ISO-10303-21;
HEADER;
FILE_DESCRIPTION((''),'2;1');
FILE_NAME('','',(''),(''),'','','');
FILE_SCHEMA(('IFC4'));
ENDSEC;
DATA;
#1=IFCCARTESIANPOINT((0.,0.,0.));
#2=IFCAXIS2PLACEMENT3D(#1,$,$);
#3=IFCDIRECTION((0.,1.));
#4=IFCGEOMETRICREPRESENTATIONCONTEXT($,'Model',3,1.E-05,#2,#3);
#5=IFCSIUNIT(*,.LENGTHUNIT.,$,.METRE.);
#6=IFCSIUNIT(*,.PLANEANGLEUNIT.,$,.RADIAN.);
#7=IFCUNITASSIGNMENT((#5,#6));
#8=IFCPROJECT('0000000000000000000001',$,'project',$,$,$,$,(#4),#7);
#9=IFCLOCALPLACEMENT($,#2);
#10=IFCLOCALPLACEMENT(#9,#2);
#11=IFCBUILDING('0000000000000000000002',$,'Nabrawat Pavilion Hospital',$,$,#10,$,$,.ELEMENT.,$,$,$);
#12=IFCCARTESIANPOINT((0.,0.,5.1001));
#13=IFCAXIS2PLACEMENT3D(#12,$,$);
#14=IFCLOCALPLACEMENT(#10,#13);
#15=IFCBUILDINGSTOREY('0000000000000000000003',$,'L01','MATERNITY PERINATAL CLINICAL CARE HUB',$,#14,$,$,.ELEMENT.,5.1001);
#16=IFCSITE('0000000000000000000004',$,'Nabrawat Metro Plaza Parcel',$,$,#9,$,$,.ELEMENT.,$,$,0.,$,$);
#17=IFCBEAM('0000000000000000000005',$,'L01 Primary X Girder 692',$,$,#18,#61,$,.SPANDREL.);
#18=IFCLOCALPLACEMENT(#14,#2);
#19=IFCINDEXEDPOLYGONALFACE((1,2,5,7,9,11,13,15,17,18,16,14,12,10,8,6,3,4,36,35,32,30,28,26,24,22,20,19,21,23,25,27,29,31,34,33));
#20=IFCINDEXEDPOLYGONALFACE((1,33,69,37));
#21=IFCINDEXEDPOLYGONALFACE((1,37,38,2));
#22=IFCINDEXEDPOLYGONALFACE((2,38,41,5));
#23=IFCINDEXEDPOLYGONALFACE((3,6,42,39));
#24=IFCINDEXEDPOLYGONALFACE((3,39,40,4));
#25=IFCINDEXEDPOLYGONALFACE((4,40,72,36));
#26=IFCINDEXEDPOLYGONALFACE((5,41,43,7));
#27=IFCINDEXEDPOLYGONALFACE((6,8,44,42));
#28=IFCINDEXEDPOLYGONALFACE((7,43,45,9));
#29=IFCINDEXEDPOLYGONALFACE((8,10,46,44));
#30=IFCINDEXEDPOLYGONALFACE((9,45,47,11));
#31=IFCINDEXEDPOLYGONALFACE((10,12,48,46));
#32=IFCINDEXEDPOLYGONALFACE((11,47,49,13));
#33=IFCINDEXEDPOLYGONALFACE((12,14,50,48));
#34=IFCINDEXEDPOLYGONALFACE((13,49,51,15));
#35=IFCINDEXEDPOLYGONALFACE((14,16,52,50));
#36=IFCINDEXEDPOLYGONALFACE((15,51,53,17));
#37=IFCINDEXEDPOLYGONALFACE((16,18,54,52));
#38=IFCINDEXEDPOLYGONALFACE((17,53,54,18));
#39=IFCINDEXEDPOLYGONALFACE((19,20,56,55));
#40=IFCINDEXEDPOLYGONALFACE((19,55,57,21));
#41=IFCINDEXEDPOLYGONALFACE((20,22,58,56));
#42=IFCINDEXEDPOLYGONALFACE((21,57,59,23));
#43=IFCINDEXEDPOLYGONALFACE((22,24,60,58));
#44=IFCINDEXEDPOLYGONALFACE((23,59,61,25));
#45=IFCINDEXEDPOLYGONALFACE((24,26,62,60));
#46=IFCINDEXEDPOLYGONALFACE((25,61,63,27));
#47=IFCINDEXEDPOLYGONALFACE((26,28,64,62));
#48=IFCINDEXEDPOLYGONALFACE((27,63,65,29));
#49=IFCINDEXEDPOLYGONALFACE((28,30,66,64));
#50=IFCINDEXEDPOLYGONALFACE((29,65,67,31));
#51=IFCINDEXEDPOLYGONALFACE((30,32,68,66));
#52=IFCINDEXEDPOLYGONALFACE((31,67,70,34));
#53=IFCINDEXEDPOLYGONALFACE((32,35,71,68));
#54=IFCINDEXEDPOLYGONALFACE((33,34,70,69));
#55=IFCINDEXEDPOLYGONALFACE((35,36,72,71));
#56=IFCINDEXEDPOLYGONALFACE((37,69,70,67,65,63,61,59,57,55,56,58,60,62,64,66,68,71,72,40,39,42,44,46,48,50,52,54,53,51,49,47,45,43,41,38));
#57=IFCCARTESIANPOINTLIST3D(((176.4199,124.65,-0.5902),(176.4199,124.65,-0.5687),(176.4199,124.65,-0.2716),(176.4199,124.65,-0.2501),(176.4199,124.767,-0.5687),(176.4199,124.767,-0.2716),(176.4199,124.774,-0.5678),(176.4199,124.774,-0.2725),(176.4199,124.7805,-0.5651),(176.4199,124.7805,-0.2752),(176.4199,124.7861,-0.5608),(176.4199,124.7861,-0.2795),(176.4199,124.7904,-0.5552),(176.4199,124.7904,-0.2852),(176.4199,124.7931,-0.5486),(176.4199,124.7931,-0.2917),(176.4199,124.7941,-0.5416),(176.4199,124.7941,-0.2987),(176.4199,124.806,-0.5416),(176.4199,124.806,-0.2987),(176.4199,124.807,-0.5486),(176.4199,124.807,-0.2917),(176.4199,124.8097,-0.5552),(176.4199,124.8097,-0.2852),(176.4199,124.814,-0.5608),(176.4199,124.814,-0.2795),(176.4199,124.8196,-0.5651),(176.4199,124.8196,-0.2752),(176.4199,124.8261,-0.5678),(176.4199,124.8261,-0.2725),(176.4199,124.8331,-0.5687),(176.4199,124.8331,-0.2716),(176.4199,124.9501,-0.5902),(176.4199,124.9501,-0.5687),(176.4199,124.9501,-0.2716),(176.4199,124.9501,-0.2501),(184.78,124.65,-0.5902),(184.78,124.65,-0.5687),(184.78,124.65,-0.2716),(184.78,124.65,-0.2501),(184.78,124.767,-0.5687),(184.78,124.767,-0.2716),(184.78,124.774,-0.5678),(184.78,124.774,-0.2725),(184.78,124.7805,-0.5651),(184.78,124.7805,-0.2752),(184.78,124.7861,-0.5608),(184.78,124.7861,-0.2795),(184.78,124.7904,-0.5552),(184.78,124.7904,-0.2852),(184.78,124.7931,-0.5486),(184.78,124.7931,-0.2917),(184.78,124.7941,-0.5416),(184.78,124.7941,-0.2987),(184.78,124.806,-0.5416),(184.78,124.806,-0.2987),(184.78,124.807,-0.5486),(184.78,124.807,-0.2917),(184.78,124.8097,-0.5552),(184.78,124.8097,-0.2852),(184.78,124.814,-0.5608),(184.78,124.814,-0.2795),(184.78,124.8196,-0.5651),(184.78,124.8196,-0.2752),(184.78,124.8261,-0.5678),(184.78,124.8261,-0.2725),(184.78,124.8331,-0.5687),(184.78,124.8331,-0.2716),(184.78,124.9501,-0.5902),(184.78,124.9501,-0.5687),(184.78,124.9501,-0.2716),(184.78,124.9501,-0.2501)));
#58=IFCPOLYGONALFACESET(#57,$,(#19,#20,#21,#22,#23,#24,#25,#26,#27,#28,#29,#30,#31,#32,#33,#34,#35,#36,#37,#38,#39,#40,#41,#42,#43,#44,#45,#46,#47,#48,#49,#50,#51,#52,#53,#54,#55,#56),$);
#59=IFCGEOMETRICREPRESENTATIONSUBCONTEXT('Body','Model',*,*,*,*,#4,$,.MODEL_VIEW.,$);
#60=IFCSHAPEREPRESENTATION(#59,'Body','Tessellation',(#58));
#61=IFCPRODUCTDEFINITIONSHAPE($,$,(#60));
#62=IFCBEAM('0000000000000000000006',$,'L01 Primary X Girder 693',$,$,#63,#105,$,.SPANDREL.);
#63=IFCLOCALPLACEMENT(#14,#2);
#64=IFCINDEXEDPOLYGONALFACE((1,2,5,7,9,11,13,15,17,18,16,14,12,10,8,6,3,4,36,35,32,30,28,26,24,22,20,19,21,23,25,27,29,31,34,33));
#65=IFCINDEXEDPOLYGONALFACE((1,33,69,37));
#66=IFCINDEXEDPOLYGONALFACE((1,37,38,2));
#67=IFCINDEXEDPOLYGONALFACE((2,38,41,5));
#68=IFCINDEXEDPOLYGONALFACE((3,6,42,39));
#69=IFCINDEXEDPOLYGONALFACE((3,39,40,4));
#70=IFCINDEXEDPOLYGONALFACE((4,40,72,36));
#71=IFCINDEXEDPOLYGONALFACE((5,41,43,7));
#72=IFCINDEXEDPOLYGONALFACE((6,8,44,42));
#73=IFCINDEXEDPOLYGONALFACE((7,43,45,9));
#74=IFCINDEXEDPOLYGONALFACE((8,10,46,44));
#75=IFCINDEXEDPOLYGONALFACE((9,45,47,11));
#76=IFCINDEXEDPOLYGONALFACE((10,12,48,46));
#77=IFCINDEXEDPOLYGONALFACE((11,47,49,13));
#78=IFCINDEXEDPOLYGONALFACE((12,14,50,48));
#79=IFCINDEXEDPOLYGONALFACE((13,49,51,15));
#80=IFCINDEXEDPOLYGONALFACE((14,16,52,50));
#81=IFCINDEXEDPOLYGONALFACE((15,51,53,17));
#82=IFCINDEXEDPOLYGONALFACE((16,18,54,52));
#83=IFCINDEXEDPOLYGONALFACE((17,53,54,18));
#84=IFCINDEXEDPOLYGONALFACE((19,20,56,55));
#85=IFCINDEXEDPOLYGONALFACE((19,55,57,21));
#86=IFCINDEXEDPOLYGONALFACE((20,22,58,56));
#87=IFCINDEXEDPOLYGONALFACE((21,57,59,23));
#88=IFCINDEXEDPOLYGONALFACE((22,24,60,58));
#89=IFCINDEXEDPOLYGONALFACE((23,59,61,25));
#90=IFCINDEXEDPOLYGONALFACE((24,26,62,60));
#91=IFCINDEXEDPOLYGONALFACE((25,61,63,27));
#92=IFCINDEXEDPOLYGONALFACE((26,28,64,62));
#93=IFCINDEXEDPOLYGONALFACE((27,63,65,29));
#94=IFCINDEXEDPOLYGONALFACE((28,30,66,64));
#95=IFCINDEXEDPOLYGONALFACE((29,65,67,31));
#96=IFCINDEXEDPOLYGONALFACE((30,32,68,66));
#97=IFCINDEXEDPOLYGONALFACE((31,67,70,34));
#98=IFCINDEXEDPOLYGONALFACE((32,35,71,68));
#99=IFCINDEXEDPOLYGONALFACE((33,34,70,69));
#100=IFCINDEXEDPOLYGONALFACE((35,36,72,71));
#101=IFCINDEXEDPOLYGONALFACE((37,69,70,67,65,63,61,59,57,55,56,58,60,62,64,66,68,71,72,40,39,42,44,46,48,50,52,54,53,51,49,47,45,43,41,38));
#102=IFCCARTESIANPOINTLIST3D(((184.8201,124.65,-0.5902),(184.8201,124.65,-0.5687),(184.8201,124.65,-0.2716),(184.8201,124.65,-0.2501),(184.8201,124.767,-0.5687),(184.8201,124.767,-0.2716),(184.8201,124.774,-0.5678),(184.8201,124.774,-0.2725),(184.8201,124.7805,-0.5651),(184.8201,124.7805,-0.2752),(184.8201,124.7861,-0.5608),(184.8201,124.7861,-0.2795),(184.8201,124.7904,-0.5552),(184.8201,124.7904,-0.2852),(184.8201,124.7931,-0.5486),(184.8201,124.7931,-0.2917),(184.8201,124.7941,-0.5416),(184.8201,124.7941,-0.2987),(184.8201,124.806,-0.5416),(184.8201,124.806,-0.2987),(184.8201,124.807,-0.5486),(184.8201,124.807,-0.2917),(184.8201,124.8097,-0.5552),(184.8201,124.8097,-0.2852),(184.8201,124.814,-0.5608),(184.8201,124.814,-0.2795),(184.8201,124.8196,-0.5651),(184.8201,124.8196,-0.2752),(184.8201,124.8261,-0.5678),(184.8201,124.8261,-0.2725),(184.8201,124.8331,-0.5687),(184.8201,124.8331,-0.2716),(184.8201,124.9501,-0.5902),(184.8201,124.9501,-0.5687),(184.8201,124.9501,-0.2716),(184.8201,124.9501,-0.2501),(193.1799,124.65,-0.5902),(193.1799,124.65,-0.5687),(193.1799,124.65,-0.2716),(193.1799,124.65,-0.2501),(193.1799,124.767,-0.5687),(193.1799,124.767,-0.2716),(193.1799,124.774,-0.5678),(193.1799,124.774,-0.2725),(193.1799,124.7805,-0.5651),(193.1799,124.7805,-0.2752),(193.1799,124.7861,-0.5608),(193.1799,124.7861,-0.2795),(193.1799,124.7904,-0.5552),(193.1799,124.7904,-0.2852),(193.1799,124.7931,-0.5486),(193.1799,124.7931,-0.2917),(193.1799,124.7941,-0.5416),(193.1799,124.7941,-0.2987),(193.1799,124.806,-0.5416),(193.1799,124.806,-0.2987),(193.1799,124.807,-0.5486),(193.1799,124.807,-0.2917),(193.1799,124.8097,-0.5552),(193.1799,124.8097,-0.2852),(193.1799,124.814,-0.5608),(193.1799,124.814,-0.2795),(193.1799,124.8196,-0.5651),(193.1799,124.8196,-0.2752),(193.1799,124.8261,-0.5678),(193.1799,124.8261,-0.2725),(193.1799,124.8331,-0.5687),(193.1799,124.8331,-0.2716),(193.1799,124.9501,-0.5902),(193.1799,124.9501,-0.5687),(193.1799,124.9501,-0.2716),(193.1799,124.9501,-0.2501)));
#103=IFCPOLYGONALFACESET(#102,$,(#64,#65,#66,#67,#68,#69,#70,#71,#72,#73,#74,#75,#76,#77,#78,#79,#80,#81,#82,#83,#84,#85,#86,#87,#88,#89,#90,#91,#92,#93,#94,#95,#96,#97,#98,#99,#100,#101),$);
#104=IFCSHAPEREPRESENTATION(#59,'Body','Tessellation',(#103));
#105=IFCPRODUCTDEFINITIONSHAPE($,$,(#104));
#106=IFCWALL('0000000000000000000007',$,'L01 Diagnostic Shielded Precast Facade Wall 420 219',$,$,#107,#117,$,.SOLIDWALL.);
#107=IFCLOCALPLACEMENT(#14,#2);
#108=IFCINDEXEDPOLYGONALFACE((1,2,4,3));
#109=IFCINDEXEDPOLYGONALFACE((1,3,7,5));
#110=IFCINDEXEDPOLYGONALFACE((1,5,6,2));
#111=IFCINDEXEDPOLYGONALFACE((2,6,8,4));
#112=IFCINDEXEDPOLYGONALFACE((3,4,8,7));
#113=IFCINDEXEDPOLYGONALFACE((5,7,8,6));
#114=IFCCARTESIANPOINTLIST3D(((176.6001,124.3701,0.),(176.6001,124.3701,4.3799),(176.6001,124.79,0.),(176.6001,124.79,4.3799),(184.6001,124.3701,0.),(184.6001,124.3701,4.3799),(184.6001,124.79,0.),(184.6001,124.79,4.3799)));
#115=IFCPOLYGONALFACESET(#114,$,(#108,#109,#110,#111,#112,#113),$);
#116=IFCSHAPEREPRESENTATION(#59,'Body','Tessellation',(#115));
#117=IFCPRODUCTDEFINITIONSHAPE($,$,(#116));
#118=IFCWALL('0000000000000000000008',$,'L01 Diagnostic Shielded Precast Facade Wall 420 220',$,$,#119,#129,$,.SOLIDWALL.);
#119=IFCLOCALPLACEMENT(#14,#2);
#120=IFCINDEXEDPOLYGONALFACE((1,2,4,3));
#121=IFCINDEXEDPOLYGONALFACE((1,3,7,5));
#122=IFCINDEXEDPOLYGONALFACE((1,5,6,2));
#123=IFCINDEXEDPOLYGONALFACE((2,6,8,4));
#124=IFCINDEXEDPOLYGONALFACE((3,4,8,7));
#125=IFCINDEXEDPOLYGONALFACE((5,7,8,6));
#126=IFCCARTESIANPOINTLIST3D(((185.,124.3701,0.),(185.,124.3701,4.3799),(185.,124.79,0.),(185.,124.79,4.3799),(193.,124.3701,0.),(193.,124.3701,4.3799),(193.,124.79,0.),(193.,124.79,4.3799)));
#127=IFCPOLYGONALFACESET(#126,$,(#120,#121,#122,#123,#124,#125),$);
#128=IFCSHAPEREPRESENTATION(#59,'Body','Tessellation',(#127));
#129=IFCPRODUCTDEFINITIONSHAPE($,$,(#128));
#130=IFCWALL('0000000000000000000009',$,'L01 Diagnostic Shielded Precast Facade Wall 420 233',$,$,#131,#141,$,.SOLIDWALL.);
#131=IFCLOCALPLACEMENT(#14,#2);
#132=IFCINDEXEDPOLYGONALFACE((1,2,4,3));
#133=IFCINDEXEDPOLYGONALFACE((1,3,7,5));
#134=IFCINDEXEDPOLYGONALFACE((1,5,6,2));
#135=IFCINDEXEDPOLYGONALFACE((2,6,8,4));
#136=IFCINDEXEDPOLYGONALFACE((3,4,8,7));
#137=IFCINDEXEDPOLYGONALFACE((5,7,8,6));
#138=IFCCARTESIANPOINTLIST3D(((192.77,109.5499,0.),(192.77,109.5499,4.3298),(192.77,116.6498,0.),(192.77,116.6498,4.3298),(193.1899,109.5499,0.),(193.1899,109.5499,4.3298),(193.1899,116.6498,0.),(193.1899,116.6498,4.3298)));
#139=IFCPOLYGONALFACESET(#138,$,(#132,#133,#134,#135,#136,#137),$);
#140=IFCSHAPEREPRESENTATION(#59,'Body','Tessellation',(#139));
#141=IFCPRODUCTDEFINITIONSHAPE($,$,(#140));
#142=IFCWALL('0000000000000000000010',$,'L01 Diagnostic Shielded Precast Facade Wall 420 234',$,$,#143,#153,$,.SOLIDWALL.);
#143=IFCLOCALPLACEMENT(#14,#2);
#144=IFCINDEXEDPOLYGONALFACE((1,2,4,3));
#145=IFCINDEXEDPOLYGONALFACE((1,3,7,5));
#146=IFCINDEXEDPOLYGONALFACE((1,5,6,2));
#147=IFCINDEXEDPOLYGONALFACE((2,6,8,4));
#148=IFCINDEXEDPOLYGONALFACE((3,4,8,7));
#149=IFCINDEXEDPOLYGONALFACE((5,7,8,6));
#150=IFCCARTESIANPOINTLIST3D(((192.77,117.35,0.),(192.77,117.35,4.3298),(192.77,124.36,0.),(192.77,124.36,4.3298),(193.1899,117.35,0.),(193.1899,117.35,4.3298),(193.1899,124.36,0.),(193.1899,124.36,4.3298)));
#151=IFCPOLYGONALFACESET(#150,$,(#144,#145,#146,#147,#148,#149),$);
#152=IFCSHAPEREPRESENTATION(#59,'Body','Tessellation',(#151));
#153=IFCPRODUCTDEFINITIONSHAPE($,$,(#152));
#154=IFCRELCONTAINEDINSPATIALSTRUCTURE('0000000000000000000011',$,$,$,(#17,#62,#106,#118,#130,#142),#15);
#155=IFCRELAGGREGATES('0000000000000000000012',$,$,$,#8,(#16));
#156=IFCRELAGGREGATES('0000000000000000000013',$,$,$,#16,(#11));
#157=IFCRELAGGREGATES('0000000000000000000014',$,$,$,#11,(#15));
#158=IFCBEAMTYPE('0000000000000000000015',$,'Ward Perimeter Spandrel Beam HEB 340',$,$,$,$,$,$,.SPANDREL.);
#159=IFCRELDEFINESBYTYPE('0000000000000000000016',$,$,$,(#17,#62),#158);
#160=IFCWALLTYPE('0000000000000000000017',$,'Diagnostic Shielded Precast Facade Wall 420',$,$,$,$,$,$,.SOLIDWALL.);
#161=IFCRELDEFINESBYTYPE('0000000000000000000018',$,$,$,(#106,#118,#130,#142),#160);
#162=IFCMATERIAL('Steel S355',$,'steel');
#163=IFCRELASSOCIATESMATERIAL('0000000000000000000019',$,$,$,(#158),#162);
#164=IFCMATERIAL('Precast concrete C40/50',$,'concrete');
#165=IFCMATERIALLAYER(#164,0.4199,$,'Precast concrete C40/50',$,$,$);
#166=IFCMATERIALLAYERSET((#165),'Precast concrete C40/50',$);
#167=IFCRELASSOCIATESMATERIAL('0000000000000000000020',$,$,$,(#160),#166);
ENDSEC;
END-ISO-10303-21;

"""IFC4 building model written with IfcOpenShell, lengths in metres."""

from ifc_helpers import new_model, si_unit, direction, frame, frame_2d, origin, origin_2d, place, context, subcontext, project, spatial, rectangle, i_section, extrude, material, layer, layer_set, material_profile, profile_set, type_object, element, save


model = new_model("IFC4")

# Units and contexts
model_context = context("Model", 3, precision=1e-05, world=origin(), true_north=direction((0.0, 1.0)))
body_context = subcontext(model_context, "Body", "Model", "MODEL_VIEW")
ifc_project = project(units=[si_unit("LENGTHUNIT", "METRE"), si_unit("PLANEANGLEUNIT", "RADIAN")], contexts=[model_context])

# Site, building, storey
site_placement = place(None, origin())
site = spatial("IfcSite", under=ifc_project, at=site_placement, Name="Nabrawat Metro Plaza Parcel", CompositionType="ELEMENT", RefElevation=0.0)
building_placement = place(site_placement, origin())
building = spatial("IfcBuilding", under=site, at=building_placement, Name="Nabrawat Pavilion Hospital", CompositionType="ELEMENT")
storey_placement = place(building_placement, frame((0.0, 0.0, 5.1001)))
storey = spatial("IfcBuildingStorey", under=building, at=storey_placement, Name="L01", Description="MATERNITY PERINATAL CLINICAL CARE HUB", CompositionType="ELEMENT", Elevation=5.1001)

# Shared definitions
ifc_material_1 = material(Name="Steel S355", Category="steel")

# Beams
ifc_material_profile_1 = material_profile(ifc_material_1, i_section(OverallWidth=0.3, OverallDepth=0.3401, WebThickness=0.012, FlangeThickness=0.0215, FilletRadius=0.0271, at=origin_2d()), Name="HEB 340")
ifc_profile_set_1 = profile_set([ifc_material_profile_1], Name="Steel S355")
beam_type_1 = type_object("IfcBeamType", Name="Ward Perimeter Spandrel Beam HEB 340", PredefinedType="SPANDREL", material=ifc_profile_set_1)
beam_1_placement = place(storey_placement, frame((176.4199, 124.8, -0.4202), z_axis=(1.0, 0.0, 0.0), x_axis=(0.0, 1.0, 0.0)))
element("IfcBeam", 1, at=beam_1_placement, inside=storey, type_object=beam_type_1, Name="L01 Primary X Girder 692", PredefinedType="SPANDREL", context=body_context, shape_type="SweptSolid", body=[
    extrude(i_section(OverallWidth=0.3, OverallDepth=0.3401, WebThickness=0.012, FlangeThickness=0.0215, FilletRadius=0.0271, at=origin_2d()), origin(), (0.0, 0.0, 1.0), 8.3601),
])
beam_2_placement = place(storey_placement, frame((184.8201, 124.8, -0.4202), z_axis=(1.0, 0.0, 0.0), x_axis=(0.0, 1.0, 0.0)))
element("IfcBeam", 2, at=beam_2_placement, inside=storey, type_object=beam_type_1, Name="L01 Primary X Girder 693", PredefinedType="SPANDREL", context=body_context, shape_type="SweptSolid", body=[
    extrude(i_section(OverallWidth=0.3, OverallDepth=0.3401, WebThickness=0.012, FlangeThickness=0.0215, FilletRadius=0.0271, at=origin_2d()), origin(), (0.0, 0.0, 1.0), 8.3599),
])

# Walls
ifc_material_2 = material(Name="Precast concrete C40/50", Category="concrete")
ifc_layer = layer(ifc_material_2, 0.4199, Name="Precast concrete C40/50")
ifc_layer_set = layer_set([ifc_layer], Name="Precast concrete C40/50")
wall_type = type_object("IfcWallType", Name="Diagnostic Shielded Precast Facade Wall 420", PredefinedType="SOLIDWALL", material=ifc_layer_set)
for number, where, z_axis, x_axis, name in (
    (3, (176.6001, 124.5801, 0.0), (0.0, 0.0, 1.0), (1.0, 0.0, 0.0), "L01 Diagnostic Shielded Precast Facade Wall 420 219"),
    (4, (185.0, 124.5801, 0.0), (0.0, 0.0, 1.0), (1.0, 0.0, 0.0), "L01 Diagnostic Shielded Precast Facade Wall 420 220"),
):
    element("IfcWall", number, at=place(storey_placement, frame(where, z_axis=z_axis, x_axis=x_axis)), inside=storey, type_object=wall_type, Name=name, PredefinedType="SOLIDWALL", context=body_context, shape_type="SweptSolid", body=[
        extrude(rectangle(XDim=8.0, YDim=0.4199, at=frame_2d((4.0, 0.0))), origin(), (0.0, 0.0, 1.0), 4.3799),
    ])
wall_1_placement = place(storey_placement, frame((192.98, 109.55, 0.0), z_axis=(0.0, 0.0, 1.0), x_axis=(0.0, 1.0, 0.0)))
element("IfcWall", 5, at=wall_1_placement, inside=storey, type_object=wall_type, Name="L01 Diagnostic Shielded Precast Facade Wall 420 233", PredefinedType="SOLIDWALL", context=body_context, shape_type="SweptSolid", body=[
    extrude(rectangle(XDim=7.0999, YDim=0.4199, at=frame_2d((3.5498, 0.0))), origin(), (0.0, 0.0, 1.0), 4.3298),
])
wall_2_placement = place(storey_placement, frame((192.98, 117.3501, 0.0), z_axis=(0.0, 0.0, 1.0), x_axis=(0.0, 1.0, 0.0)))
element("IfcWall", 6, at=wall_2_placement, inside=storey, type_object=wall_type, Name="L01 Diagnostic Shielded Precast Facade Wall 420 234", PredefinedType="SOLIDWALL", context=body_context, shape_type="SweptSolid", body=[
    extrude(rectangle(XDim=7.01, YDim=0.4199, at=frame_2d((3.5049, 0.0))), origin(), (0.0, 0.0, 1.0), 4.3298),
])

save(model, "model.ifc")
